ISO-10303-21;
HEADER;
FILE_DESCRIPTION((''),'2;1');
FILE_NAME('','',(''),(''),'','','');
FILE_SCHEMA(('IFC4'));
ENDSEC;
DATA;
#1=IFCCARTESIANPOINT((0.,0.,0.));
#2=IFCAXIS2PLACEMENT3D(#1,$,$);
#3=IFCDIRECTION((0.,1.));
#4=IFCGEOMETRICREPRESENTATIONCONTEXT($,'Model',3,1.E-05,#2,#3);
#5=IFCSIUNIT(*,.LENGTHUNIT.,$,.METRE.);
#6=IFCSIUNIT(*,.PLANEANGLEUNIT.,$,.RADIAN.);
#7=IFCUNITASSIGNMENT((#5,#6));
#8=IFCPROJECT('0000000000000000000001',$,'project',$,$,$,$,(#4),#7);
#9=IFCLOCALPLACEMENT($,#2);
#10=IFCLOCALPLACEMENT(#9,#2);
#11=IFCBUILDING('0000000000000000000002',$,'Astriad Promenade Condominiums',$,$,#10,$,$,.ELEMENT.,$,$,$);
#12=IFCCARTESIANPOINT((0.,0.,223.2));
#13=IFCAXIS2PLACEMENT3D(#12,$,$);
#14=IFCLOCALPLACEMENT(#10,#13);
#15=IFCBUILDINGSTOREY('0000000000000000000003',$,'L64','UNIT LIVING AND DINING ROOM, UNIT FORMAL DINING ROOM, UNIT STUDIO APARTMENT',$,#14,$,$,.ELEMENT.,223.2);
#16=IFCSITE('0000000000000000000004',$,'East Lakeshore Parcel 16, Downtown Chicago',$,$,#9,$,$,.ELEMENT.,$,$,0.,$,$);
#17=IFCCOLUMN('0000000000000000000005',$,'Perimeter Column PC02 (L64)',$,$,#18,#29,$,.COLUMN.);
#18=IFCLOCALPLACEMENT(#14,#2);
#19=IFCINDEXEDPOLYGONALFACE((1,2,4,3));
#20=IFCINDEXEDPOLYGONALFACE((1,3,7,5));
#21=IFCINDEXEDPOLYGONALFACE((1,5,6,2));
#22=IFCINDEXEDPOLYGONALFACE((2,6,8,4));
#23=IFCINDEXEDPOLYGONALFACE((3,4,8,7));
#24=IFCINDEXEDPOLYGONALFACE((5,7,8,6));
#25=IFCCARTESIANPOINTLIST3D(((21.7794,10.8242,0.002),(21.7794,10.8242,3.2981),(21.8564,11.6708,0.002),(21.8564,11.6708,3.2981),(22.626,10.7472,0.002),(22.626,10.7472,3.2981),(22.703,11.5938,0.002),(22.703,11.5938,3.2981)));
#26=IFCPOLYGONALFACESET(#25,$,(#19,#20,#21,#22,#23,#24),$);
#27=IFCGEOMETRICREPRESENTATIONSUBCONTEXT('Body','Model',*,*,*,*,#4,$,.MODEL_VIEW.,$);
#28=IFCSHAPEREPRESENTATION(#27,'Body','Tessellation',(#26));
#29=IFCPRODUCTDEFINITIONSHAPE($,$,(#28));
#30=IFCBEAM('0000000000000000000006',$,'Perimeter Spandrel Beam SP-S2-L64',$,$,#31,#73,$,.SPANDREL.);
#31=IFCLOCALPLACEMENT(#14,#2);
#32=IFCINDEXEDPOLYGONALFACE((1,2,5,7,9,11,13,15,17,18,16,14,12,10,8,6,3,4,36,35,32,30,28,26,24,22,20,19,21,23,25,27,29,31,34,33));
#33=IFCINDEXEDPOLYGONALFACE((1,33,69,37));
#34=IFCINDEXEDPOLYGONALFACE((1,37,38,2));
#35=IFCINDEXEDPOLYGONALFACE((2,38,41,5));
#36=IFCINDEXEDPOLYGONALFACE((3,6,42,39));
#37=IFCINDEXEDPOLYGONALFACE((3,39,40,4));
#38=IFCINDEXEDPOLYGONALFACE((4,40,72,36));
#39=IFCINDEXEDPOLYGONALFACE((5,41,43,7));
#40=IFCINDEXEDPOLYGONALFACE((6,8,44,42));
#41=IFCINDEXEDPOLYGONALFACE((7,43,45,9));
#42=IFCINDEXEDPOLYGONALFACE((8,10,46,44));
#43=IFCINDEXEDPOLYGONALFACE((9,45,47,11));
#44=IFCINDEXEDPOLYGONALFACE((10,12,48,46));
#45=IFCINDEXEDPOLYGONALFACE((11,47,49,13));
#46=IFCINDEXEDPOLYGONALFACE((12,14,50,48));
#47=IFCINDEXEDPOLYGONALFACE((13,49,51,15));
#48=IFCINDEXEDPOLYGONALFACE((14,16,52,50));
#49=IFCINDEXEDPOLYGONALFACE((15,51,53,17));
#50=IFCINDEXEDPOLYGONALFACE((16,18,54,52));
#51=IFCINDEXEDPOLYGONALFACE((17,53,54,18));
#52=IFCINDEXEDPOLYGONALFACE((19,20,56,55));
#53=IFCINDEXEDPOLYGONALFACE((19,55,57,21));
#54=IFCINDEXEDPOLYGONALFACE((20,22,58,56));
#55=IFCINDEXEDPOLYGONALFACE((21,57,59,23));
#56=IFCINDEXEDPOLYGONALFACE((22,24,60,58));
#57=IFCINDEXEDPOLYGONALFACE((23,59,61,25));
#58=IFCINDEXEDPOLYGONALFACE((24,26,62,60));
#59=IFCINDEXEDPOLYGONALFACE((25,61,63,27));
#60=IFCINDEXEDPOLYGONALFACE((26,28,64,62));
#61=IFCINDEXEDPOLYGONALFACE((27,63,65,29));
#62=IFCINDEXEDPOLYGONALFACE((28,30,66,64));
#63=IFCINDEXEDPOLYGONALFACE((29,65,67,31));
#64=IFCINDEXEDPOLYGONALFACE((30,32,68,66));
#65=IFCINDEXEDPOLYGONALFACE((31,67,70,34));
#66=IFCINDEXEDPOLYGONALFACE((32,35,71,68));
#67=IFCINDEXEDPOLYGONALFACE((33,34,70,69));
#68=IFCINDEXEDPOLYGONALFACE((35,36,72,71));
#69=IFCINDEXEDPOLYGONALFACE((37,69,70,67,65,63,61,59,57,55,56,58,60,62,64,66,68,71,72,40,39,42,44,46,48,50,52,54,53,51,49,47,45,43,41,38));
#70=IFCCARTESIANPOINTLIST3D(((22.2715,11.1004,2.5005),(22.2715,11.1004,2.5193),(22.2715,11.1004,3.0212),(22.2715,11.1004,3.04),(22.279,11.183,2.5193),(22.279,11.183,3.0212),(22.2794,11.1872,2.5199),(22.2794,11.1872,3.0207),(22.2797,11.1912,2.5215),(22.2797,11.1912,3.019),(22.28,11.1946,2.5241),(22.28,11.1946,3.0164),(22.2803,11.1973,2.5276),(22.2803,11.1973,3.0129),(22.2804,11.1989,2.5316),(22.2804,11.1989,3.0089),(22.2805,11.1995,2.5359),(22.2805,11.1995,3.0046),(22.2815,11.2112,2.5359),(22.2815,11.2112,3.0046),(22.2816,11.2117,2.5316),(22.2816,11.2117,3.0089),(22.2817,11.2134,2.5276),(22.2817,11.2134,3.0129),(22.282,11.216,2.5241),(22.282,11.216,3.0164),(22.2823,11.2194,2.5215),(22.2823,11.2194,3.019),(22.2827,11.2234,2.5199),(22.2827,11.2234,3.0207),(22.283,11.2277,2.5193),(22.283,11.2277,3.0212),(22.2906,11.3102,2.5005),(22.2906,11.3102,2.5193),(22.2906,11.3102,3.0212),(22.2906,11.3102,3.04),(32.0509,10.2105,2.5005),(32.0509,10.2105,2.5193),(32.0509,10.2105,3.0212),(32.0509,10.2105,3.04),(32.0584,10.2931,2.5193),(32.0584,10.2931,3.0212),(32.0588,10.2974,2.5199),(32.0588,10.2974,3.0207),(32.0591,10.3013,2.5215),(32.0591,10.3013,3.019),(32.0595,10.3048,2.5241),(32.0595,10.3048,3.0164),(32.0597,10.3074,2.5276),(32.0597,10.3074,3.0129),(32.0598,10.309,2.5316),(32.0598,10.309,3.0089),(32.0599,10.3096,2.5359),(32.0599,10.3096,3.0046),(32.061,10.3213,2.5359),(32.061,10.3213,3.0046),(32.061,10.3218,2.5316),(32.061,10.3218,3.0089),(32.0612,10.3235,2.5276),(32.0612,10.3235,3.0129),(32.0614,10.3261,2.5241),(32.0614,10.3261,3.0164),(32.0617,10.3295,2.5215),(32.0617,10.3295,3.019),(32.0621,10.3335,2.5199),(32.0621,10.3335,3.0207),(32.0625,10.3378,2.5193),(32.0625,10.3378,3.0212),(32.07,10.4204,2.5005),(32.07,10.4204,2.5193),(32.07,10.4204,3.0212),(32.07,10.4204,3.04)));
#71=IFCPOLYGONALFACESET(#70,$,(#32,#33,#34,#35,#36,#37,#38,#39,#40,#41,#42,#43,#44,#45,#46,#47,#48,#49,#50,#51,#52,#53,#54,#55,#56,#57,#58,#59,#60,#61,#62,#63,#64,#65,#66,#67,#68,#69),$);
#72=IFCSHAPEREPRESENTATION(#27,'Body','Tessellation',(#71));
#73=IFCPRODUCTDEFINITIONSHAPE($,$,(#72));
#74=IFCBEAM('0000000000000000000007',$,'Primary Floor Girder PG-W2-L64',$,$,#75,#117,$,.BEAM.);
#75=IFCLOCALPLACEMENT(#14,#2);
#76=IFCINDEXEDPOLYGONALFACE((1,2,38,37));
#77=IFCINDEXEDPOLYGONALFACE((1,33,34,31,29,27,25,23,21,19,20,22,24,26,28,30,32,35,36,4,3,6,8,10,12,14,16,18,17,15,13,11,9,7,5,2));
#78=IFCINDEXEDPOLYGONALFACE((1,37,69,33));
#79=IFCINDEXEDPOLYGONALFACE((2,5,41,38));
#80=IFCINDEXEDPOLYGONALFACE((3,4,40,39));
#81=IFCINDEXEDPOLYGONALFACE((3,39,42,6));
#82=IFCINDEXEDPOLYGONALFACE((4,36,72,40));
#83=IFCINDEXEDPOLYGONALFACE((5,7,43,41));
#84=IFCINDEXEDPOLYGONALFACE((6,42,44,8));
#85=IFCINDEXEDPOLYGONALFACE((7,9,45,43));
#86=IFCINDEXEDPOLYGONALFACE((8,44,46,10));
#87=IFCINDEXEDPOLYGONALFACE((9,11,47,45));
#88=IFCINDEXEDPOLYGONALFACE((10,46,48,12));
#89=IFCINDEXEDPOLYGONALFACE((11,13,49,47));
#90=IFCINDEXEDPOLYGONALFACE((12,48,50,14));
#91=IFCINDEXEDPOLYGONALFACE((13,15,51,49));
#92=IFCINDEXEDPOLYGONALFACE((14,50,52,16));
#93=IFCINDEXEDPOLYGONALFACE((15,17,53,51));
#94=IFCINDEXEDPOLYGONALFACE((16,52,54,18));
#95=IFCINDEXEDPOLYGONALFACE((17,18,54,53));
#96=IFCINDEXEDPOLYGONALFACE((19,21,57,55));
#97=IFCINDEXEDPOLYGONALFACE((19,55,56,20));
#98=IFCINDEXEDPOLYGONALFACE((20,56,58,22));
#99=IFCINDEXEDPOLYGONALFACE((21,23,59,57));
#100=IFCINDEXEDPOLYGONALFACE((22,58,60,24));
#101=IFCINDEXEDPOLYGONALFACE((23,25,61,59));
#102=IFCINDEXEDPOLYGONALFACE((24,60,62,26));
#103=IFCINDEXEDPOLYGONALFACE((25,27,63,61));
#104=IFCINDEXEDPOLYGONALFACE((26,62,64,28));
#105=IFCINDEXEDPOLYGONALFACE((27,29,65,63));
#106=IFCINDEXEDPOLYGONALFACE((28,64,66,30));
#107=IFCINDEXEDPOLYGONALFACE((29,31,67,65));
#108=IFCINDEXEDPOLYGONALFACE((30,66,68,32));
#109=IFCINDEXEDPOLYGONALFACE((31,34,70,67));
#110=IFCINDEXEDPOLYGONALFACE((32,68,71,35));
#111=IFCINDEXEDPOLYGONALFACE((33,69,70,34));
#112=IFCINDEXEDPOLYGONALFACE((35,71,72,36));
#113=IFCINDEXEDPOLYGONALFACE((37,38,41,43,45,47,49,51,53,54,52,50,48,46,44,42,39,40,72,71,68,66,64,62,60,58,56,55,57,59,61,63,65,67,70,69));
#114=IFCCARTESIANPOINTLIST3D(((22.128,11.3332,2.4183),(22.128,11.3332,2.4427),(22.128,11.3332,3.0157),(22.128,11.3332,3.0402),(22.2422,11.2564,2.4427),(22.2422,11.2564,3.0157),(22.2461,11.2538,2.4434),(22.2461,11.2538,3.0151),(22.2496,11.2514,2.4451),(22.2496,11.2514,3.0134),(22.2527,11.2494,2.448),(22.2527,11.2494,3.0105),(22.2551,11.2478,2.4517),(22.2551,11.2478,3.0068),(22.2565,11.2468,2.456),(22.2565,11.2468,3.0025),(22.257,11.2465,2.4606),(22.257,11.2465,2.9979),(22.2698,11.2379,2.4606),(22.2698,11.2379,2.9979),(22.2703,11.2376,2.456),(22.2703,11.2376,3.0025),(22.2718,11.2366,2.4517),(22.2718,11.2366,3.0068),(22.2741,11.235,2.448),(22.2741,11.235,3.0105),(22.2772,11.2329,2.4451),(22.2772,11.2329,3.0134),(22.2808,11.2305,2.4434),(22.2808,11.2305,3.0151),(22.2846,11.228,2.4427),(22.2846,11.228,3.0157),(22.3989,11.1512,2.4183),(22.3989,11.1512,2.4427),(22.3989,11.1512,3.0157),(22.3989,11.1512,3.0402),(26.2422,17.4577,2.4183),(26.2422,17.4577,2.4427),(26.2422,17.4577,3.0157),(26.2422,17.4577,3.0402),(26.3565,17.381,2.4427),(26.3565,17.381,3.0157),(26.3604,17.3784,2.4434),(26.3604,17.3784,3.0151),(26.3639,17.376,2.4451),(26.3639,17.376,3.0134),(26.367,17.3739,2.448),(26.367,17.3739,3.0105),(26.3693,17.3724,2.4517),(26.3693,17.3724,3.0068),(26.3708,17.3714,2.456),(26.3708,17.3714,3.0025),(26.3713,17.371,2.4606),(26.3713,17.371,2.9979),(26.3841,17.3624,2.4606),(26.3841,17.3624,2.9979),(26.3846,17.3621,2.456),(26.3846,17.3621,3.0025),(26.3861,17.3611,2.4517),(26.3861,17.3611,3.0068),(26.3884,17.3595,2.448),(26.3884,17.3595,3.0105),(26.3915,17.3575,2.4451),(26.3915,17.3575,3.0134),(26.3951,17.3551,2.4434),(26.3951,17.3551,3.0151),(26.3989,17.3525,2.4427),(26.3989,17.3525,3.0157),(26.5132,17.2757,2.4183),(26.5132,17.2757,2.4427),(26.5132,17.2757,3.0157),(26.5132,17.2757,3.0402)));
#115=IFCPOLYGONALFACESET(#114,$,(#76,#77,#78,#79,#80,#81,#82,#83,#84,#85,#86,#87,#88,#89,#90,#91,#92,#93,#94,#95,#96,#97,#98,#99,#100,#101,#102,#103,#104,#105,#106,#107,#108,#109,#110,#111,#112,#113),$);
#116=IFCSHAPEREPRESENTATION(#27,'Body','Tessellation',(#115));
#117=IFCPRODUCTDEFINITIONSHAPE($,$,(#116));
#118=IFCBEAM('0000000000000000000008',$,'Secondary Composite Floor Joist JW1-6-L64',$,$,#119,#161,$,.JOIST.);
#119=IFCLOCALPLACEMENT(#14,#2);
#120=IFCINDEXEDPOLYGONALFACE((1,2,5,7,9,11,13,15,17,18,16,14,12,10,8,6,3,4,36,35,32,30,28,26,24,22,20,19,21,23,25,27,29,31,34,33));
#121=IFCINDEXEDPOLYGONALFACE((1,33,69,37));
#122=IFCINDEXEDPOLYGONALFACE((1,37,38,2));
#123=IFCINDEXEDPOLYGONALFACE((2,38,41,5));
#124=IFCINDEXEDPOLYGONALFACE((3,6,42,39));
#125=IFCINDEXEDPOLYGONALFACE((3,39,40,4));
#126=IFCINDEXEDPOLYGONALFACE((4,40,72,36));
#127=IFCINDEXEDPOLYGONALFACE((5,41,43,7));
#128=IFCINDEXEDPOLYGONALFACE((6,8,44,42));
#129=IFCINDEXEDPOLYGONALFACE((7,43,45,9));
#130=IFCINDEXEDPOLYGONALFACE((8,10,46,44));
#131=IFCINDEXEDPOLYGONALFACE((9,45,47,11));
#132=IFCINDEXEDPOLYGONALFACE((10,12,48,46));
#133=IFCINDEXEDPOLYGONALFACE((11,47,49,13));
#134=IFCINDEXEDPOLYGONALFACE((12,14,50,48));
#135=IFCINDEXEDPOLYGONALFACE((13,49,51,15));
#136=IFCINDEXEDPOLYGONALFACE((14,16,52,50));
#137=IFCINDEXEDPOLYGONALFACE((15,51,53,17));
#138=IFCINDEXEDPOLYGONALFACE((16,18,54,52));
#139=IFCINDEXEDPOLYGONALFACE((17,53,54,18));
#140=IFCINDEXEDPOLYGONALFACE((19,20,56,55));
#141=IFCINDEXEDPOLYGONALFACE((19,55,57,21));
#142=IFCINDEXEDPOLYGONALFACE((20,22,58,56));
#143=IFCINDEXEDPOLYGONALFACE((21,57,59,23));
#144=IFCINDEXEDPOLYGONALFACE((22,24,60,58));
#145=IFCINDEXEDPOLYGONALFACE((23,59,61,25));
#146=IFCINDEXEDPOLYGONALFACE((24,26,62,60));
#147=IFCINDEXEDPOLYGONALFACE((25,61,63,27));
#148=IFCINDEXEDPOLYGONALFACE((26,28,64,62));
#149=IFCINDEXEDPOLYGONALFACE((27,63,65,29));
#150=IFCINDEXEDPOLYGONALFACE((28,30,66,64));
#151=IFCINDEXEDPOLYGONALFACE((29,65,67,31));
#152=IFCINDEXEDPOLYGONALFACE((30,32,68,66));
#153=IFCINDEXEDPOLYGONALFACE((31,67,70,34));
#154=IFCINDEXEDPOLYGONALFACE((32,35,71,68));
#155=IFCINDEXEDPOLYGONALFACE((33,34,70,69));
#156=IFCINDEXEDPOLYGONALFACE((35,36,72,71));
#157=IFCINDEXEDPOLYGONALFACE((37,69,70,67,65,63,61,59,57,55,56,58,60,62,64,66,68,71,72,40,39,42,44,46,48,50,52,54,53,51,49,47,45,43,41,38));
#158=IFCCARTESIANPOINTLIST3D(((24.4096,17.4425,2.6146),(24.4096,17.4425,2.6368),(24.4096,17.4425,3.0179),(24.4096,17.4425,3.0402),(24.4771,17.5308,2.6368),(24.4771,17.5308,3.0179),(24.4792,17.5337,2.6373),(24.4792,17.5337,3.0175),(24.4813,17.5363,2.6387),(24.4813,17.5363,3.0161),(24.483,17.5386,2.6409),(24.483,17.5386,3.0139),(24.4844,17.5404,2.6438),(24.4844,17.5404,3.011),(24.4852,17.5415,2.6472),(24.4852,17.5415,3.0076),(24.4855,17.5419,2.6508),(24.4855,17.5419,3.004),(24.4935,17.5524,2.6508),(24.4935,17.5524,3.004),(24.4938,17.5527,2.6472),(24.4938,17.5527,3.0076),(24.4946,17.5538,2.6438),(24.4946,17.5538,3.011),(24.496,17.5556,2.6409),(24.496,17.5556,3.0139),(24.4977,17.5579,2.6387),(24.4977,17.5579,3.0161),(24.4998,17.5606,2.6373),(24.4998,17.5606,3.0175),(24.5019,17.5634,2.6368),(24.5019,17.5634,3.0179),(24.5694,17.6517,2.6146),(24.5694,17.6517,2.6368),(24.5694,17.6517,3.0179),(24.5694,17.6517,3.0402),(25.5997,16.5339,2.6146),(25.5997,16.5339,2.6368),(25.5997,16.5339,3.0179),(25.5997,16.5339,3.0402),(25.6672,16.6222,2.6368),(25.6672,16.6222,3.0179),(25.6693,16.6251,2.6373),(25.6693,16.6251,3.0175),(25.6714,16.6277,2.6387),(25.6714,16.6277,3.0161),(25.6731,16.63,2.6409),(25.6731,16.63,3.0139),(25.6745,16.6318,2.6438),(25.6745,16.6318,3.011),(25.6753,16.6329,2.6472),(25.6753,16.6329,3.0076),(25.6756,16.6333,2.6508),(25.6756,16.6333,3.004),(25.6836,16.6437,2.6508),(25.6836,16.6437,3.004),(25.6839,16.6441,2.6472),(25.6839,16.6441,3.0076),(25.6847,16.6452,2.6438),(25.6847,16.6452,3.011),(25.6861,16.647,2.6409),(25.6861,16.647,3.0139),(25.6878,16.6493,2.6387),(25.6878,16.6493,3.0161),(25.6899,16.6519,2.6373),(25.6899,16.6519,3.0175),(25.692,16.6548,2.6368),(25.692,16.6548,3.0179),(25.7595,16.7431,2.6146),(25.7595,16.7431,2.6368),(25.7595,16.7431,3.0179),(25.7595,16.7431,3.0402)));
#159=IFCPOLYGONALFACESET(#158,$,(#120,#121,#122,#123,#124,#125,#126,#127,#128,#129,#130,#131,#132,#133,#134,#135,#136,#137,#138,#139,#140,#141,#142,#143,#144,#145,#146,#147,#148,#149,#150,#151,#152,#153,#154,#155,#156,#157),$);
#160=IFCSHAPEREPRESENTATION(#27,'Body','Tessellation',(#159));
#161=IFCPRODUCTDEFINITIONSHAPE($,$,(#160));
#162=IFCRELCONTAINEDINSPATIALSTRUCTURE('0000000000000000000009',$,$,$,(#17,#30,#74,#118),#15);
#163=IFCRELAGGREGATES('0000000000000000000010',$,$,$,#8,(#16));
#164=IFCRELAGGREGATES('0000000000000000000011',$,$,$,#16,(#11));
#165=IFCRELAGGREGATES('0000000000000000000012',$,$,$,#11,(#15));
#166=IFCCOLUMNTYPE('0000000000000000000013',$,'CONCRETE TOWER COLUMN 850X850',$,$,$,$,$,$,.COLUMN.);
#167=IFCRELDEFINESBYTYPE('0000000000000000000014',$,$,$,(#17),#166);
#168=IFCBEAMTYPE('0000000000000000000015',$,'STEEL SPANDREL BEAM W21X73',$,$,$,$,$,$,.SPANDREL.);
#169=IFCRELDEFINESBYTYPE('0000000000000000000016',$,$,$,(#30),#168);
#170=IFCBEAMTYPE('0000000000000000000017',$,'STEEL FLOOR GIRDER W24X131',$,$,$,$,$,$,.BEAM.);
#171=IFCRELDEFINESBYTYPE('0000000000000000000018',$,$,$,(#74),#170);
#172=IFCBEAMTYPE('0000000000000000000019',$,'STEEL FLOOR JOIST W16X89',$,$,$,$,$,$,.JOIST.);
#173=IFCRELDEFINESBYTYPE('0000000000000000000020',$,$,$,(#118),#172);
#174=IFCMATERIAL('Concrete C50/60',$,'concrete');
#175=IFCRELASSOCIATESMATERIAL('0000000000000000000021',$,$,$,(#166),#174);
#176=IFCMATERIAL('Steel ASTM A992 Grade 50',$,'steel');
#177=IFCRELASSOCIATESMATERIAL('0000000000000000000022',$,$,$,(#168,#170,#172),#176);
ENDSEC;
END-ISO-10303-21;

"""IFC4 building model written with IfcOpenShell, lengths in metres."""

from ifc_helpers import new_model, si_unit, direction, frame, origin, origin_2d, place, context, subcontext, project, spatial, rectangle, i_section, extrude, source, transform, mapped, material, material_profile, profile_set, type_object, type_shapes, element, save


model = new_model("IFC4")

# Units and contexts
model_context = context("Model", 3, precision=1e-05, world=origin(), true_north=direction((0.0, 1.0)))
body_context = subcontext(model_context, "Body", "Model", "MODEL_VIEW")
ifc_project = project(units=[si_unit("LENGTHUNIT", "METRE"), si_unit("PLANEANGLEUNIT", "RADIAN")], contexts=[model_context])

# Site, building, storey
site_placement = place(None, origin())
site = spatial("IfcSite", under=ifc_project, at=site_placement, Name="East Lakeshore Parcel 16, Downtown Chicago", CompositionType="ELEMENT", RefElevation=0.0)
building_placement = place(site_placement, origin())
building = spatial("IfcBuilding", under=site, at=building_placement, Name="Astriad Promenade Condominiums", CompositionType="ELEMENT")
storey_placement = place(building_placement, frame((0.0, 0.0, 223.2)))
storey = spatial("IfcBuildingStorey", under=building, at=storey_placement, Name="L64", Description="UNIT LIVING AND DINING ROOM, UNIT FORMAL DINING ROOM, UNIT STUDIO APARTMENT", CompositionType="ELEMENT", Elevation=223.2)

# Column
ifc_material_1 = material(Name="Concrete C50/60", Category="concrete")
ifc_material_profile_1 = material_profile(ifc_material_1, rectangle(XDim=0.8501, YDim=0.8501, at=origin_2d()), Name="RC-COL-850X850")
ifc_profile_set_1 = profile_set([ifc_material_profile_1], Name="Concrete C50/60")
column_type = type_object("IfcColumnType", Name="CONCRETE TOWER COLUMN 850X850", PredefinedType="COLUMN", material=ifc_profile_set_1)
shared_shape_1 = source(origin(), body_context, "Body", "SweptSolid", [
    extrude(rectangle(XDim=0.8501, YDim=0.8501, at=origin_2d()), origin(), (0.0, 0.0, 1.0), 3.2961),
])
type_shapes(column_type, [shared_shape_1])
column_placement = place(storey_placement, frame((22.2412, 11.209, 0.002), z_axis=(0.0, 0.0, 1.0), x_axis=(0.995884, -0.090633, 0.0)))
element("IfcColumn", 1, at=column_placement, inside=storey, type_object=column_type, Name="Perimeter Column PC02 (L64)", PredefinedType="COLUMN", context=body_context, shape_type="MappedRepresentation", body=[
    mapped(shared_shape_1, transform((0.0, 0.0, 0.0), scale=1.0)),
])

# Beams
ifc_material_2 = material(Name="Steel ASTM A992 Grade 50", Category="steel")
ifc_material_profile_2 = material_profile(ifc_material_2, i_section(OverallWidth=0.2107, OverallDepth=0.5396, WebThickness=0.0117, FlangeThickness=0.0188, FilletRadius=0.0166, at=origin_2d()), Name="W21X73")
ifc_profile_set_2 = profile_set([ifc_material_profile_2], Name="Steel ASTM A992 Grade 50")
beam_type_1 = type_object("IfcBeamType", Name="STEEL SPANDREL BEAM W21X73", PredefinedType="SPANDREL", material=ifc_profile_set_2)
shared_shape_2 = source(origin(), body_context, "Body", "SweptSolid", [
    extrude(i_section(OverallWidth=0.2107, OverallDepth=0.5396, WebThickness=0.0117, FlangeThickness=0.0188, FilletRadius=0.0166, at=origin_2d()), origin(), (0.0, 0.0, 1.0), 9.8198),
])
type_shapes(beam_type_1, [shared_shape_2])
beam_1_placement = place(storey_placement, frame((22.281, 11.2053, 2.7703), z_axis=(0.995885, -0.090621, 0.0), x_axis=(0.090621, 0.995885, 0.0)))
element("IfcBeam", 2, at=beam_1_placement, inside=storey, type_object=beam_type_1, Name="Perimeter Spandrel Beam SP-S2-L64", PredefinedType="SPANDREL", context=body_context, shape_type="MappedRepresentation", body=[
    mapped(shared_shape_2, transform((0.0, 0.0, 0.0), scale=1.0)),
])
ifc_material_profile_3 = material_profile(ifc_material_2, i_section(OverallWidth=0.3264, OverallDepth=0.6218, WebThickness=0.0154, FlangeThickness=0.0244, FilletRadius=0.0178, at=origin_2d()), Name="W24X131")
ifc_profile_set_3 = profile_set([ifc_material_profile_3], Name="Steel ASTM A992 Grade 50")
beam_type_2 = type_object("IfcBeamType", Name="STEEL FLOOR GIRDER W24X131", PredefinedType="BEAM", material=ifc_profile_set_3)
shared_shape_3 = source(origin(), body_context, "Body", "SweptSolid", [
    extrude(i_section(OverallWidth=0.3264, OverallDepth=0.6218, WebThickness=0.0154, FlangeThickness=0.0244, FilletRadius=0.0178, at=origin_2d()), origin(), (0.0, 0.0, 1.0), 7.3782),
])
type_shapes(beam_type_2, [shared_shape_3])
beam_2_placement = place(storey_placement, frame((22.2634, 11.2422, 2.7292), z_axis=(0.557629, 0.83009, 0.0), x_axis=(-0.83009, 0.557629, 0.0)))
element("IfcBeam", 3, at=beam_2_placement, inside=storey, type_object=beam_type_2, Name="Primary Floor Girder PG-W2-L64", PredefinedType="BEAM", context=body_context, shape_type="MappedRepresentation", body=[
    mapped(shared_shape_3, transform((0.0, 0.0, 0.0), scale=1.0)),
])
ifc_material_profile_4 = material_profile(ifc_material_2, i_section(OverallWidth=0.2632, OverallDepth=0.4255, WebThickness=0.0132, FlangeThickness=0.0222, FilletRadius=0.0139, at=origin_2d()), Name="W16X89")
ifc_profile_set_4 = profile_set([ifc_material_profile_4], Name="Steel ASTM A992 Grade 50")
beam_type_3 = type_object("IfcBeamType", Name="STEEL FLOOR JOIST W16X89", PredefinedType="JOIST", material=ifc_profile_set_4)
shared_shape_4 = source(origin(), body_context, "Body", "SweptSolid", [
    extrude(i_section(OverallWidth=0.2632, OverallDepth=0.4255, WebThickness=0.0132, FlangeThickness=0.0222, FilletRadius=0.0139, at=origin_2d()), origin(), (0.0, 0.0, 1.0), 1.4973),
])
beam_3_placement = place(storey_placement, frame((24.4895, 17.5471, 2.8274), z_axis=(0.794825, -0.606839, 0.0), x_axis=(0.606839, 0.794825, 0.0)))
element("IfcBeam", 4, at=beam_3_placement, inside=storey, type_object=beam_type_3, Name="Secondary Composite Floor Joist JW1-6-L64", PredefinedType="JOIST", context=body_context, shape_type="MappedRepresentation", body=[
    mapped(shared_shape_4, transform((0.0, 0.0, 0.0), scale=1.0)),
])

save(model, "model.ifc")
